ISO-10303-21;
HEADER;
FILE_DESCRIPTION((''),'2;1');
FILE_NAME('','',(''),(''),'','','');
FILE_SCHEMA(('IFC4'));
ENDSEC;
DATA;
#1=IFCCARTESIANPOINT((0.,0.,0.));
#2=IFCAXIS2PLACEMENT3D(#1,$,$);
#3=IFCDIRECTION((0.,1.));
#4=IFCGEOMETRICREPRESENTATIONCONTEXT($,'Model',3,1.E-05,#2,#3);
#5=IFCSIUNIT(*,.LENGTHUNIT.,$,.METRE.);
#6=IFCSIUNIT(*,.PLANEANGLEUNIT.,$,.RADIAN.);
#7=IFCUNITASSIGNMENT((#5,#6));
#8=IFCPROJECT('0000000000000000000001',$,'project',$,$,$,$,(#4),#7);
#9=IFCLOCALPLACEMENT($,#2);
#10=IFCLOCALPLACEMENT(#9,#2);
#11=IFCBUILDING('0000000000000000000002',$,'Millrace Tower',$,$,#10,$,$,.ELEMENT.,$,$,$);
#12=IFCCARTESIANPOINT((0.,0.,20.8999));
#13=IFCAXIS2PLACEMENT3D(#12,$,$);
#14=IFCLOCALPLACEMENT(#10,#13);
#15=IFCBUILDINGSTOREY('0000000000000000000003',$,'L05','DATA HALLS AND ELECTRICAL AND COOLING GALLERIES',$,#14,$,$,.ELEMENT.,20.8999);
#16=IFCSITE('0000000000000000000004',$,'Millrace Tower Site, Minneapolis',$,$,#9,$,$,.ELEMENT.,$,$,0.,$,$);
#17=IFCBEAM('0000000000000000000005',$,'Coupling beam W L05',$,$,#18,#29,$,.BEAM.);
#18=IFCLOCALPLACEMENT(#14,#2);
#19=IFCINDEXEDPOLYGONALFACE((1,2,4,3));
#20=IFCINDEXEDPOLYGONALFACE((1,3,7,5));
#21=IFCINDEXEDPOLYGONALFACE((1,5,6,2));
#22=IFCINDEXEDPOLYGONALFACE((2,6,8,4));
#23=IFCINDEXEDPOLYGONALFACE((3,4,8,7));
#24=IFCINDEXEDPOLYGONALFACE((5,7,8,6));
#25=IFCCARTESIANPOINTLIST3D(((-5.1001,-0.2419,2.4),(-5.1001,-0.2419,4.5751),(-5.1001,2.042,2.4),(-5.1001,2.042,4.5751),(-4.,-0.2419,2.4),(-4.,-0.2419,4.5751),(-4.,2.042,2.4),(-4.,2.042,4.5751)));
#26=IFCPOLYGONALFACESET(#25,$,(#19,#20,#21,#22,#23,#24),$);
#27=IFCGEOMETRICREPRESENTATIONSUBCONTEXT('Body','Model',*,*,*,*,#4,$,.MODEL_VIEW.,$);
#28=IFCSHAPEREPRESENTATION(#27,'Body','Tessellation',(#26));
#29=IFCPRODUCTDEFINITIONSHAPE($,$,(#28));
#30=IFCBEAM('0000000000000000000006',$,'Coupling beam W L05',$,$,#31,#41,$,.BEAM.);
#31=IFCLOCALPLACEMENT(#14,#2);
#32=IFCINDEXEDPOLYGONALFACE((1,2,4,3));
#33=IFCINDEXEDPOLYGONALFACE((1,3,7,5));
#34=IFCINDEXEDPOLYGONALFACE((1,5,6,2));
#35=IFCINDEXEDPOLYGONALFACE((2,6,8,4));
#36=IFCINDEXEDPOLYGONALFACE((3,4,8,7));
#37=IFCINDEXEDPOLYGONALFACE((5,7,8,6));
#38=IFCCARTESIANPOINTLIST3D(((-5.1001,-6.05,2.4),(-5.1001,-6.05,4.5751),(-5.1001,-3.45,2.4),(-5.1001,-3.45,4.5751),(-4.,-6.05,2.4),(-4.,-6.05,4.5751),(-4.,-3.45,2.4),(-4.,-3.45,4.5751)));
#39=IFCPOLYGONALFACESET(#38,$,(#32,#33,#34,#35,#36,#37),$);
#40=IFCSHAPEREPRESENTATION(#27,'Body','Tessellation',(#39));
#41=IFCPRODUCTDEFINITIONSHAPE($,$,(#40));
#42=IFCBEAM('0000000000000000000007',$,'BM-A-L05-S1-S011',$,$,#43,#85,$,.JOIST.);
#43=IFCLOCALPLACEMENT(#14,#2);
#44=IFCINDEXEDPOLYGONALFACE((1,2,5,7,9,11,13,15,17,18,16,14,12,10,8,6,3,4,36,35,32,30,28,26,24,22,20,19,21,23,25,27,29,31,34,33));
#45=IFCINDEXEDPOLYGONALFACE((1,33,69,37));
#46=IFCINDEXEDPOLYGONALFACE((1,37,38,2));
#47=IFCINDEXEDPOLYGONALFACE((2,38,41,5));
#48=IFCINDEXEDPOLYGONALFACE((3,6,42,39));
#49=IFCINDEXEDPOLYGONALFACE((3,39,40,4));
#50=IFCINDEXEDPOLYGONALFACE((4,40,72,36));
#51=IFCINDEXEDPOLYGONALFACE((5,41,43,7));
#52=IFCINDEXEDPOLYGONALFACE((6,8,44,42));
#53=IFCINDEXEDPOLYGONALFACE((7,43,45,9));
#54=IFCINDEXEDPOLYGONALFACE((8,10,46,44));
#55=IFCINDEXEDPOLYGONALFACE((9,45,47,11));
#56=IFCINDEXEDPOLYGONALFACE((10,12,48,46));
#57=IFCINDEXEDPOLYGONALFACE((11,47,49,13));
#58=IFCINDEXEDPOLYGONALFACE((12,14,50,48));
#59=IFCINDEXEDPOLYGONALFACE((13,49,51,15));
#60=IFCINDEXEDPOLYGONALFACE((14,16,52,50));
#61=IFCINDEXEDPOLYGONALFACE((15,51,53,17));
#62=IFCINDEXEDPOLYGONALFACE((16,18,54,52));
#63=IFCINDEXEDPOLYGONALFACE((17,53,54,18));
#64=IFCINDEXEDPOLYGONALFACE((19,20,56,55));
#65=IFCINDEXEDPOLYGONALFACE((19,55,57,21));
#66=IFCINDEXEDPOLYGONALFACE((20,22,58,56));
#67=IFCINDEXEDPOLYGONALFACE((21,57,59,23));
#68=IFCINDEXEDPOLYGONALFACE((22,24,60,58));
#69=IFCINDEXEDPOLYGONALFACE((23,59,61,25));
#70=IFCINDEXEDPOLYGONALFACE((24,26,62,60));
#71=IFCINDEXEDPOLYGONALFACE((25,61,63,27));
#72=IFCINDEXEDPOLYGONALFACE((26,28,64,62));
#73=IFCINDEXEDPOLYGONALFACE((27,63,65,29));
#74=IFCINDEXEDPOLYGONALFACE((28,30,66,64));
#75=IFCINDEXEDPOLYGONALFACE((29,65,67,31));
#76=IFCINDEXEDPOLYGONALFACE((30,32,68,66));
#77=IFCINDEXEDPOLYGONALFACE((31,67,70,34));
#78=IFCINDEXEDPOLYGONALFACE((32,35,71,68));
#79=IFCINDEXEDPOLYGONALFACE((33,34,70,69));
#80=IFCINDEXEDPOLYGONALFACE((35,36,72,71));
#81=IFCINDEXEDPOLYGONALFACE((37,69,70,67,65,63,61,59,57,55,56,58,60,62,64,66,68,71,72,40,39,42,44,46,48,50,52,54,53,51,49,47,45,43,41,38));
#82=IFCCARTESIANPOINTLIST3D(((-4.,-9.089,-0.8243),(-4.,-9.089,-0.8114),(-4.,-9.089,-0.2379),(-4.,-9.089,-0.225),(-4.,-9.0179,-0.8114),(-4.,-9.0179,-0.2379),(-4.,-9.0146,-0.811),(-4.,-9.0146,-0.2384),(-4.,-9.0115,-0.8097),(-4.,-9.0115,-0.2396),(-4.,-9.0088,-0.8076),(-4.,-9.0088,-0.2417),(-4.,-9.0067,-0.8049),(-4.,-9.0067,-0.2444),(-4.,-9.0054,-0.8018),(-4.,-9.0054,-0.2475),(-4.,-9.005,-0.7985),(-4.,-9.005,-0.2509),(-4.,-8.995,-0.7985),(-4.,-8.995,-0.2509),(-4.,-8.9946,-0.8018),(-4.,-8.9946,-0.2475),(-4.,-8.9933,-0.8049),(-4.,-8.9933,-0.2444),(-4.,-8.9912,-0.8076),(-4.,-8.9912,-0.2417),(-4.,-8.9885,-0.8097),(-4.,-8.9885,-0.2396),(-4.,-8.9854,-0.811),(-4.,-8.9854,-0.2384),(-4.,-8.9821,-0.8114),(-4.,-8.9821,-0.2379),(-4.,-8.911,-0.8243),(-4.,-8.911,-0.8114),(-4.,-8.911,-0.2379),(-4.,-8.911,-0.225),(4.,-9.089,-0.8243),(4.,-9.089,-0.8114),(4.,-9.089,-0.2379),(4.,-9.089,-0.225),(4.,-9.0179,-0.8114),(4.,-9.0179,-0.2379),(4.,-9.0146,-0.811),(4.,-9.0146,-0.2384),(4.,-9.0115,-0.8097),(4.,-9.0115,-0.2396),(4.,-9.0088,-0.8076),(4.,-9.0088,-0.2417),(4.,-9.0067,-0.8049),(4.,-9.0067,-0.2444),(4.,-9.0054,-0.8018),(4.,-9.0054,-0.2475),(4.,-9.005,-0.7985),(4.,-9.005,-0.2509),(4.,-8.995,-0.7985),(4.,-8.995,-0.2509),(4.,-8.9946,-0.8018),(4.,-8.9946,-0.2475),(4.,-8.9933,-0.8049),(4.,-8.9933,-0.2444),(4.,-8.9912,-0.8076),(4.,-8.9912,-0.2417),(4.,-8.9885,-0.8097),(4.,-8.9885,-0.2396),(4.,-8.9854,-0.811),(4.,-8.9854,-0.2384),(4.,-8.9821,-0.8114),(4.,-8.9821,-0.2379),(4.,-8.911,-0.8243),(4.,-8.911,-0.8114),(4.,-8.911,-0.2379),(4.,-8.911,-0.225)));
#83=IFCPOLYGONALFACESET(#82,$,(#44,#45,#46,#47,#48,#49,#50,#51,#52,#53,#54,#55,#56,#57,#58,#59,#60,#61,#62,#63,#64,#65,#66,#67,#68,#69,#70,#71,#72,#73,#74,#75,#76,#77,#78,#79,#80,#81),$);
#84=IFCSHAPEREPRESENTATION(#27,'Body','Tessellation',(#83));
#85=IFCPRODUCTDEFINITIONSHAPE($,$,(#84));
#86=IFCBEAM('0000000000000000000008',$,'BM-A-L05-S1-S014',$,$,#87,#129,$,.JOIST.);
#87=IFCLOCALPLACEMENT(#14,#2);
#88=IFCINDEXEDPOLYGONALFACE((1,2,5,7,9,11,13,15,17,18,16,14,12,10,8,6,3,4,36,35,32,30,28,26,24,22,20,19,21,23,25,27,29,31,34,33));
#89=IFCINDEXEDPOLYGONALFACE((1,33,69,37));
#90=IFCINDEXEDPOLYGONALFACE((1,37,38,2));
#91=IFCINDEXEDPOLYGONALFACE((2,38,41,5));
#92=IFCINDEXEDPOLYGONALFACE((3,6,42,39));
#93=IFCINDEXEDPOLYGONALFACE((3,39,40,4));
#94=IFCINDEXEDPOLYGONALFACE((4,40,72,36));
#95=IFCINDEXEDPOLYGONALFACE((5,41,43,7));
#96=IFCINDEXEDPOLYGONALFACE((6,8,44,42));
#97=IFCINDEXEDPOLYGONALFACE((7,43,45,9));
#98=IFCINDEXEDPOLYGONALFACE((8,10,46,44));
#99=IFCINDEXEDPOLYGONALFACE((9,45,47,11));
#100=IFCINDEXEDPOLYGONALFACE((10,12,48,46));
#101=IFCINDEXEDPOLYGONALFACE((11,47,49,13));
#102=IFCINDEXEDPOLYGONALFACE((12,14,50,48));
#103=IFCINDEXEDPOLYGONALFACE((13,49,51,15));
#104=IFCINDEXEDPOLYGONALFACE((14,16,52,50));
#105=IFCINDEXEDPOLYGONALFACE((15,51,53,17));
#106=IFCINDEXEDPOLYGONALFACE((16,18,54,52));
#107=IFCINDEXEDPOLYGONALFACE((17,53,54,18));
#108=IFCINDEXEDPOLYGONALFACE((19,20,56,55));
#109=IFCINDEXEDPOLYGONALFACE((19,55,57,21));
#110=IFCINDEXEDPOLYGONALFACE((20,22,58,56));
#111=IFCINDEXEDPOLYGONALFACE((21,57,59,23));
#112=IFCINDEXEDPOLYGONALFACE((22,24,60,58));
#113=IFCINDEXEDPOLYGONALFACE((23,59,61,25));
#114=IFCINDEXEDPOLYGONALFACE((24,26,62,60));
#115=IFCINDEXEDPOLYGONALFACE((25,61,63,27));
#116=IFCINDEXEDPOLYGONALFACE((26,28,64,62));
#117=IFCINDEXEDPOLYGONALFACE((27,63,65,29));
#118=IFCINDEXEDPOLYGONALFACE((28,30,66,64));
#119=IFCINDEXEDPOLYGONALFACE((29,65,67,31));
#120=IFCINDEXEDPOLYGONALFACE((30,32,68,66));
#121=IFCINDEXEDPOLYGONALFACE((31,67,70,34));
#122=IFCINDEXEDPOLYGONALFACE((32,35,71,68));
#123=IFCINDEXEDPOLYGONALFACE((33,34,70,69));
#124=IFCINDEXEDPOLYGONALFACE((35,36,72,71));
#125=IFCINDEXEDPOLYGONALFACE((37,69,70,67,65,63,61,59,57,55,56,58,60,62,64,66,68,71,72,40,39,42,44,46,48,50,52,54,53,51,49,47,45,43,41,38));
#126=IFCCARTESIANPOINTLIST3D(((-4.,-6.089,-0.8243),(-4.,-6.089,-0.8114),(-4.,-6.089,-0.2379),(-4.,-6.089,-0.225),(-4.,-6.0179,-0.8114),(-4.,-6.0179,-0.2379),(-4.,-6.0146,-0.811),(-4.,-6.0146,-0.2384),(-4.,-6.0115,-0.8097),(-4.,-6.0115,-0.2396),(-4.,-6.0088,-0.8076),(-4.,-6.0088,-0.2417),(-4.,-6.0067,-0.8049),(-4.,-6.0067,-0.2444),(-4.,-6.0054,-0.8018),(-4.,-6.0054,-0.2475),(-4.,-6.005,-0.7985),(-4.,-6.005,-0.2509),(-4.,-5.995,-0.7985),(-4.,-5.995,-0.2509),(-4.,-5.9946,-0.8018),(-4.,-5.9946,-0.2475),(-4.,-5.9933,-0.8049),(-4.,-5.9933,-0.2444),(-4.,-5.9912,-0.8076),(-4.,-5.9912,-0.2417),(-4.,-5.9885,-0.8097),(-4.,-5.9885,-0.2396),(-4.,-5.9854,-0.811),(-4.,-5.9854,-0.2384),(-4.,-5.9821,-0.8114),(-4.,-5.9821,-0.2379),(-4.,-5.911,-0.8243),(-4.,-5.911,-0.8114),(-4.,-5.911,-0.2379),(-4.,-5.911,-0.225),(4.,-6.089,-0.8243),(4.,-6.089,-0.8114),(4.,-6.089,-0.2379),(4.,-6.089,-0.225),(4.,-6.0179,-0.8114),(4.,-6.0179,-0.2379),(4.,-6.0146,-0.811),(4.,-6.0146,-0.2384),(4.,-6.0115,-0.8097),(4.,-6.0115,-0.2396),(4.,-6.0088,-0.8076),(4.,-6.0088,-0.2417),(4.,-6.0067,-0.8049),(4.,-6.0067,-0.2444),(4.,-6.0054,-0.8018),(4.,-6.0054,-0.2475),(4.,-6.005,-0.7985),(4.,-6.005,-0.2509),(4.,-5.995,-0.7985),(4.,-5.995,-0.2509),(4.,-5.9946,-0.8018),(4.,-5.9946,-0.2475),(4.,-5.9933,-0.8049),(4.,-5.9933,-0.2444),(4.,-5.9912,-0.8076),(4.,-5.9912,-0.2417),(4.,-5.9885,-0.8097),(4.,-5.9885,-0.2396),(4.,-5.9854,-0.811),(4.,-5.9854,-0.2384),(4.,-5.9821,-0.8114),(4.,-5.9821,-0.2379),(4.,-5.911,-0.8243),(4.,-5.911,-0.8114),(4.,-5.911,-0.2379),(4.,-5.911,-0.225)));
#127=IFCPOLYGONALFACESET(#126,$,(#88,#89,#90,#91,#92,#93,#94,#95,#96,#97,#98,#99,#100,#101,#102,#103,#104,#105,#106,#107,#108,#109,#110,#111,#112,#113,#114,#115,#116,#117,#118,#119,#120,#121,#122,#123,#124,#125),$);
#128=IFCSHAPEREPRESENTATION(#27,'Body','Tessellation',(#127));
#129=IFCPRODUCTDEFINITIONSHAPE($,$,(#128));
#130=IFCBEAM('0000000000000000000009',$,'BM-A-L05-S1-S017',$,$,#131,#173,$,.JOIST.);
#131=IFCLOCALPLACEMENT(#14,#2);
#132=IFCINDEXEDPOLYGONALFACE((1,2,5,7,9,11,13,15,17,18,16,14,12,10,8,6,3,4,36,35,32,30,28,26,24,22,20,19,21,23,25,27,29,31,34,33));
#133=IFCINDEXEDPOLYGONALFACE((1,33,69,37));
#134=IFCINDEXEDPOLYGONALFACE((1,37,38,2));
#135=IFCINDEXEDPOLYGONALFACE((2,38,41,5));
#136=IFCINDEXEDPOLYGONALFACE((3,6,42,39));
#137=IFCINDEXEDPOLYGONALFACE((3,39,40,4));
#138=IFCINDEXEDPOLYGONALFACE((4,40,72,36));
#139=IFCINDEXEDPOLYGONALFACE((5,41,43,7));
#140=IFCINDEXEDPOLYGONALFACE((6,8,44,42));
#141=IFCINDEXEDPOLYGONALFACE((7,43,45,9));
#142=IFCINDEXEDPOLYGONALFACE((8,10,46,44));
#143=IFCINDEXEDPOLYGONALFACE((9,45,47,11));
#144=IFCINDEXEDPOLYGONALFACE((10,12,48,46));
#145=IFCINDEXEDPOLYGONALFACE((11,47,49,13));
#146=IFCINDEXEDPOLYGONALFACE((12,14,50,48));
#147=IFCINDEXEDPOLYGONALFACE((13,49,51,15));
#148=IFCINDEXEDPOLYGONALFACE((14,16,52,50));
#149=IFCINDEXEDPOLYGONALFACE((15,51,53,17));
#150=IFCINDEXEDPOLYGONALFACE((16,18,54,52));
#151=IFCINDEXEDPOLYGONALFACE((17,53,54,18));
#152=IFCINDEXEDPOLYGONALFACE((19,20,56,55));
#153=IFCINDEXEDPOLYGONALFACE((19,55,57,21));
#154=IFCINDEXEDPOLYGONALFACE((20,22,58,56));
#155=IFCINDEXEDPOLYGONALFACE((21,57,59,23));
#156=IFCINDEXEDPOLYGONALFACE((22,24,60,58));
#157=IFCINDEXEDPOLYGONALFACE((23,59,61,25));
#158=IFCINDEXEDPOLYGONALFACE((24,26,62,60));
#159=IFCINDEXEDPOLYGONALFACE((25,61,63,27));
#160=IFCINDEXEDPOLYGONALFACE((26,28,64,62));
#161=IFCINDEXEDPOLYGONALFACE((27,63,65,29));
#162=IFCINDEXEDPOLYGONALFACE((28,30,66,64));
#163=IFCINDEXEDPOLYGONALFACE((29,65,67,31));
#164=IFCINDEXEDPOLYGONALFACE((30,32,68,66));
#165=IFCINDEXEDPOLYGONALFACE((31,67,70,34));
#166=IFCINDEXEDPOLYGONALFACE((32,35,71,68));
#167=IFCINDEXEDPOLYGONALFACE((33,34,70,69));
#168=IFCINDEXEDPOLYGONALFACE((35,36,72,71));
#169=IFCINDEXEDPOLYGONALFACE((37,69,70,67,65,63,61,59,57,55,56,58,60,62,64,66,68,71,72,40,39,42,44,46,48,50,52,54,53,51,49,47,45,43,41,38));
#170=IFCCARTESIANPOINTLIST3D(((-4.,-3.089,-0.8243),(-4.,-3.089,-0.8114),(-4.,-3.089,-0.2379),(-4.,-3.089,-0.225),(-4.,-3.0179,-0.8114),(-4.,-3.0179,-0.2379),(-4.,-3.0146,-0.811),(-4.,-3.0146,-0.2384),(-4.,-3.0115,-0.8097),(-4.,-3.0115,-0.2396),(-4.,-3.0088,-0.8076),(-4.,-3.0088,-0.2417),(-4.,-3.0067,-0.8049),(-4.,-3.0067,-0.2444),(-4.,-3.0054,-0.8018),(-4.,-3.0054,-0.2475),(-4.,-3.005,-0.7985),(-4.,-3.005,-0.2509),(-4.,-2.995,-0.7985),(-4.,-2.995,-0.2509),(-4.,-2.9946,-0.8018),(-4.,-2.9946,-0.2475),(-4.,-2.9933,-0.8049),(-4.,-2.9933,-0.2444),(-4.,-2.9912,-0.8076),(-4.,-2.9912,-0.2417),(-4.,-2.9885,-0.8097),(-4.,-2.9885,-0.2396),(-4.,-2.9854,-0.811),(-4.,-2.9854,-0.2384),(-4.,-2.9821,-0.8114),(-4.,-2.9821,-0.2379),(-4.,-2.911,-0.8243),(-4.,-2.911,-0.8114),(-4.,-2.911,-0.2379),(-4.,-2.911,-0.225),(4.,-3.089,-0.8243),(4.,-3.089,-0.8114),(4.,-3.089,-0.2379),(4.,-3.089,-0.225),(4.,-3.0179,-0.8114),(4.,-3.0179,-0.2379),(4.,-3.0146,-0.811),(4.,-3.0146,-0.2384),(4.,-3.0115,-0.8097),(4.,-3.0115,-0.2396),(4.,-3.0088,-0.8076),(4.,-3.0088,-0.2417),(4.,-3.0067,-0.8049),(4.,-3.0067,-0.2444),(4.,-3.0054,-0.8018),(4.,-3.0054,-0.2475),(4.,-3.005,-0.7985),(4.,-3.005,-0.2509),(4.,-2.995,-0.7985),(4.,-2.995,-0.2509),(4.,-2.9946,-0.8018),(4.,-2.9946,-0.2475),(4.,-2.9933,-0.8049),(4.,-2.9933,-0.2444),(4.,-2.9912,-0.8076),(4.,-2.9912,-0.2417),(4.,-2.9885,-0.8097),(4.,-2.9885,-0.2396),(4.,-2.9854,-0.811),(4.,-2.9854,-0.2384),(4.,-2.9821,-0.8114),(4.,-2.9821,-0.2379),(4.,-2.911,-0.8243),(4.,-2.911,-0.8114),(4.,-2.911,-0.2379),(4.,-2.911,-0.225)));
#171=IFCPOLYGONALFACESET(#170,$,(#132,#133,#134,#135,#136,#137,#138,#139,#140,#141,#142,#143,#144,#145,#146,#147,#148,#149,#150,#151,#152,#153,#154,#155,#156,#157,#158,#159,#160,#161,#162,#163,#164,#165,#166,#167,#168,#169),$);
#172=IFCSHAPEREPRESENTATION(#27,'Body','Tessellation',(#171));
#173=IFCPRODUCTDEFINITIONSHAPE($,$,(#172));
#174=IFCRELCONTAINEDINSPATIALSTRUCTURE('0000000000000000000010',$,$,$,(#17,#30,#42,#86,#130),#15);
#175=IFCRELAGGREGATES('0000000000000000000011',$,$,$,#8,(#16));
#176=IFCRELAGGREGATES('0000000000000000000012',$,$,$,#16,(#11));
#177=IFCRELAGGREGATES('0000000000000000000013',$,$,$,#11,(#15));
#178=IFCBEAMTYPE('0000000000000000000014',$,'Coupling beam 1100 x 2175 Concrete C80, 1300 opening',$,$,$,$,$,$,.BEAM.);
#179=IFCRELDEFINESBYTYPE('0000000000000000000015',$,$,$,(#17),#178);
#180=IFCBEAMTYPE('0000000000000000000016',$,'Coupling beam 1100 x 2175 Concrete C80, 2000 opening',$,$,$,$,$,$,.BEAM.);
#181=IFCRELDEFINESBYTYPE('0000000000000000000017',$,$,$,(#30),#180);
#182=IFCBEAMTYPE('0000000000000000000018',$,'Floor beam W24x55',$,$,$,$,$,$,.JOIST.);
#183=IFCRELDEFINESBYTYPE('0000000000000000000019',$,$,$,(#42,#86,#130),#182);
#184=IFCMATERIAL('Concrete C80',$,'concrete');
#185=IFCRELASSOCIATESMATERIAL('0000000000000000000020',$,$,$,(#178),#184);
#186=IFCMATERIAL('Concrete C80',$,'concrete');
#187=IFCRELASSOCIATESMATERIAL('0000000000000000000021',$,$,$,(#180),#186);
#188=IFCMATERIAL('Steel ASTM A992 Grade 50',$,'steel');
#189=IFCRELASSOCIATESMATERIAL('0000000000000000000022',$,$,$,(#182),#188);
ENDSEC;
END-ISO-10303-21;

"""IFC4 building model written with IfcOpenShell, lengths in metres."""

from ifc_helpers import new_model, si_unit, direction, frame, origin, origin_2d, place, context, subcontext, project, spatial, rectangle, i_section, extrude, material, material_profile, profile_set, type_object, element, save


model = new_model("IFC4")

# Units and contexts
model_context = context("Model", 3, precision=1e-05, world=origin(), true_north=direction((0.0, 1.0)))
body_context = subcontext(model_context, "Body", "Model", "MODEL_VIEW")
ifc_project = project(units=[si_unit("LENGTHUNIT", "METRE"), si_unit("PLANEANGLEUNIT", "RADIAN")], contexts=[model_context])

# Site, building, storey
site_placement = place(None, origin())
site = spatial("IfcSite", under=ifc_project, at=site_placement, Name="Millrace Tower Site, Minneapolis", CompositionType="ELEMENT", RefElevation=0.0)
building_placement = place(site_placement, origin())
building = spatial("IfcBuilding", under=site, at=building_placement, Name="Millrace Tower", CompositionType="ELEMENT")
storey_placement = place(building_placement, frame((0.0, 0.0, 20.8999)))
storey = spatial("IfcBuildingStorey", under=building, at=storey_placement, Name="L05", Description="DATA HALLS AND ELECTRICAL AND COOLING GALLERIES", CompositionType="ELEMENT", Elevation=20.8999)

# Beams
ifc_material_1 = material(Name="Concrete C80", Category="concrete")
ifc_material_profile_1 = material_profile(ifc_material_1, rectangle(XDim=1.1001, YDim=2.175, at=origin_2d()))
ifc_profile_set_1 = profile_set([ifc_material_profile_1], Name="Concrete C80")
beam_type_1 = type_object("IfcBeamType", Name="Coupling beam 1100 x 2175 Concrete C80, 1300 opening", PredefinedType="BEAM", material=ifc_profile_set_1)
beam_1_placement = place(storey_placement, frame((-4.55, -0.2419, 3.4875), z_axis=(0.0, 1.0, 0.0), x_axis=(-1.0, 0.0, 0.0)))
element("IfcBeam", 1, at=beam_1_placement, inside=storey, type_object=beam_type_1, Name="Coupling beam W L05", PredefinedType="BEAM", context=body_context, shape_type="SweptSolid", body=[
    extrude(rectangle(XDim=1.1001, YDim=2.175, at=origin_2d()), origin(), (0.0, 0.0, 1.0), 2.2839),
])
ifc_material_2 = material(Name="Concrete C80", Category="concrete")
ifc_material_profile_2 = material_profile(ifc_material_2, rectangle(XDim=1.1001, YDim=2.175, at=origin_2d()))
ifc_profile_set_2 = profile_set([ifc_material_profile_2], Name="Concrete C80")
beam_type_2 = type_object("IfcBeamType", Name="Coupling beam 1100 x 2175 Concrete C80, 2000 opening", PredefinedType="BEAM", material=ifc_profile_set_2)
beam_2_placement = place(storey_placement, frame((-4.55, -6.05, 3.4875), z_axis=(0.0, 1.0, 0.0), x_axis=(-1.0, 0.0, 0.0)))
element("IfcBeam", 2, at=beam_2_placement, inside=storey, type_object=beam_type_2, Name="Coupling beam W L05", PredefinedType="BEAM", context=body_context, shape_type="SweptSolid", body=[
    extrude(rectangle(XDim=1.1001, YDim=2.175, at=origin_2d()), origin(), (0.0, 0.0, 1.0), 2.6001),
])
ifc_material_3 = material(Name="Steel ASTM A992 Grade 50", Category="steel")
ifc_material_profile_3 = material_profile(ifc_material_3, i_section(OverallWidth=0.178, OverallDepth=0.5994, WebThickness=0.01, FlangeThickness=0.0129, FilletRadius=0.0129, at=origin_2d()))
ifc_profile_set_3 = profile_set([ifc_material_profile_3], Name="Steel ASTM A992 Grade 50")
beam_type_3 = type_object("IfcBeamType", Name="Floor beam W24x55", PredefinedType="JOIST", material=ifc_profile_set_3)
for number, where, z_axis, x_axis, name in (
    (3, (-4.0, -9.0, -0.5247), (1.0, 0.0, 0.0), (0.0, 1.0, 0.0), "BM-A-L05-S1-S011"),
    (4, (-4.0, -6.0, -0.5247), (1.0, 0.0, 0.0), (0.0, 1.0, 0.0), "BM-A-L05-S1-S014"),
    (5, (-4.0, -3.0, -0.5247), (1.0, 0.0, 0.0), (0.0, 1.0, 0.0), "BM-A-L05-S1-S017"),
):
    element("IfcBeam", number, at=place(storey_placement, frame(where, z_axis=z_axis, x_axis=x_axis)), inside=storey, type_object=beam_type_3, Name=name, PredefinedType="JOIST", context=body_context, shape_type="SweptSolid", body=[
        extrude(i_section(OverallWidth=0.178, OverallDepth=0.5994, WebThickness=0.01, FlangeThickness=0.0129, FilletRadius=0.0129, at=origin_2d()), origin(), (0.0, 0.0, 1.0), 8.0),
    ])

save(model, "model.ifc")
